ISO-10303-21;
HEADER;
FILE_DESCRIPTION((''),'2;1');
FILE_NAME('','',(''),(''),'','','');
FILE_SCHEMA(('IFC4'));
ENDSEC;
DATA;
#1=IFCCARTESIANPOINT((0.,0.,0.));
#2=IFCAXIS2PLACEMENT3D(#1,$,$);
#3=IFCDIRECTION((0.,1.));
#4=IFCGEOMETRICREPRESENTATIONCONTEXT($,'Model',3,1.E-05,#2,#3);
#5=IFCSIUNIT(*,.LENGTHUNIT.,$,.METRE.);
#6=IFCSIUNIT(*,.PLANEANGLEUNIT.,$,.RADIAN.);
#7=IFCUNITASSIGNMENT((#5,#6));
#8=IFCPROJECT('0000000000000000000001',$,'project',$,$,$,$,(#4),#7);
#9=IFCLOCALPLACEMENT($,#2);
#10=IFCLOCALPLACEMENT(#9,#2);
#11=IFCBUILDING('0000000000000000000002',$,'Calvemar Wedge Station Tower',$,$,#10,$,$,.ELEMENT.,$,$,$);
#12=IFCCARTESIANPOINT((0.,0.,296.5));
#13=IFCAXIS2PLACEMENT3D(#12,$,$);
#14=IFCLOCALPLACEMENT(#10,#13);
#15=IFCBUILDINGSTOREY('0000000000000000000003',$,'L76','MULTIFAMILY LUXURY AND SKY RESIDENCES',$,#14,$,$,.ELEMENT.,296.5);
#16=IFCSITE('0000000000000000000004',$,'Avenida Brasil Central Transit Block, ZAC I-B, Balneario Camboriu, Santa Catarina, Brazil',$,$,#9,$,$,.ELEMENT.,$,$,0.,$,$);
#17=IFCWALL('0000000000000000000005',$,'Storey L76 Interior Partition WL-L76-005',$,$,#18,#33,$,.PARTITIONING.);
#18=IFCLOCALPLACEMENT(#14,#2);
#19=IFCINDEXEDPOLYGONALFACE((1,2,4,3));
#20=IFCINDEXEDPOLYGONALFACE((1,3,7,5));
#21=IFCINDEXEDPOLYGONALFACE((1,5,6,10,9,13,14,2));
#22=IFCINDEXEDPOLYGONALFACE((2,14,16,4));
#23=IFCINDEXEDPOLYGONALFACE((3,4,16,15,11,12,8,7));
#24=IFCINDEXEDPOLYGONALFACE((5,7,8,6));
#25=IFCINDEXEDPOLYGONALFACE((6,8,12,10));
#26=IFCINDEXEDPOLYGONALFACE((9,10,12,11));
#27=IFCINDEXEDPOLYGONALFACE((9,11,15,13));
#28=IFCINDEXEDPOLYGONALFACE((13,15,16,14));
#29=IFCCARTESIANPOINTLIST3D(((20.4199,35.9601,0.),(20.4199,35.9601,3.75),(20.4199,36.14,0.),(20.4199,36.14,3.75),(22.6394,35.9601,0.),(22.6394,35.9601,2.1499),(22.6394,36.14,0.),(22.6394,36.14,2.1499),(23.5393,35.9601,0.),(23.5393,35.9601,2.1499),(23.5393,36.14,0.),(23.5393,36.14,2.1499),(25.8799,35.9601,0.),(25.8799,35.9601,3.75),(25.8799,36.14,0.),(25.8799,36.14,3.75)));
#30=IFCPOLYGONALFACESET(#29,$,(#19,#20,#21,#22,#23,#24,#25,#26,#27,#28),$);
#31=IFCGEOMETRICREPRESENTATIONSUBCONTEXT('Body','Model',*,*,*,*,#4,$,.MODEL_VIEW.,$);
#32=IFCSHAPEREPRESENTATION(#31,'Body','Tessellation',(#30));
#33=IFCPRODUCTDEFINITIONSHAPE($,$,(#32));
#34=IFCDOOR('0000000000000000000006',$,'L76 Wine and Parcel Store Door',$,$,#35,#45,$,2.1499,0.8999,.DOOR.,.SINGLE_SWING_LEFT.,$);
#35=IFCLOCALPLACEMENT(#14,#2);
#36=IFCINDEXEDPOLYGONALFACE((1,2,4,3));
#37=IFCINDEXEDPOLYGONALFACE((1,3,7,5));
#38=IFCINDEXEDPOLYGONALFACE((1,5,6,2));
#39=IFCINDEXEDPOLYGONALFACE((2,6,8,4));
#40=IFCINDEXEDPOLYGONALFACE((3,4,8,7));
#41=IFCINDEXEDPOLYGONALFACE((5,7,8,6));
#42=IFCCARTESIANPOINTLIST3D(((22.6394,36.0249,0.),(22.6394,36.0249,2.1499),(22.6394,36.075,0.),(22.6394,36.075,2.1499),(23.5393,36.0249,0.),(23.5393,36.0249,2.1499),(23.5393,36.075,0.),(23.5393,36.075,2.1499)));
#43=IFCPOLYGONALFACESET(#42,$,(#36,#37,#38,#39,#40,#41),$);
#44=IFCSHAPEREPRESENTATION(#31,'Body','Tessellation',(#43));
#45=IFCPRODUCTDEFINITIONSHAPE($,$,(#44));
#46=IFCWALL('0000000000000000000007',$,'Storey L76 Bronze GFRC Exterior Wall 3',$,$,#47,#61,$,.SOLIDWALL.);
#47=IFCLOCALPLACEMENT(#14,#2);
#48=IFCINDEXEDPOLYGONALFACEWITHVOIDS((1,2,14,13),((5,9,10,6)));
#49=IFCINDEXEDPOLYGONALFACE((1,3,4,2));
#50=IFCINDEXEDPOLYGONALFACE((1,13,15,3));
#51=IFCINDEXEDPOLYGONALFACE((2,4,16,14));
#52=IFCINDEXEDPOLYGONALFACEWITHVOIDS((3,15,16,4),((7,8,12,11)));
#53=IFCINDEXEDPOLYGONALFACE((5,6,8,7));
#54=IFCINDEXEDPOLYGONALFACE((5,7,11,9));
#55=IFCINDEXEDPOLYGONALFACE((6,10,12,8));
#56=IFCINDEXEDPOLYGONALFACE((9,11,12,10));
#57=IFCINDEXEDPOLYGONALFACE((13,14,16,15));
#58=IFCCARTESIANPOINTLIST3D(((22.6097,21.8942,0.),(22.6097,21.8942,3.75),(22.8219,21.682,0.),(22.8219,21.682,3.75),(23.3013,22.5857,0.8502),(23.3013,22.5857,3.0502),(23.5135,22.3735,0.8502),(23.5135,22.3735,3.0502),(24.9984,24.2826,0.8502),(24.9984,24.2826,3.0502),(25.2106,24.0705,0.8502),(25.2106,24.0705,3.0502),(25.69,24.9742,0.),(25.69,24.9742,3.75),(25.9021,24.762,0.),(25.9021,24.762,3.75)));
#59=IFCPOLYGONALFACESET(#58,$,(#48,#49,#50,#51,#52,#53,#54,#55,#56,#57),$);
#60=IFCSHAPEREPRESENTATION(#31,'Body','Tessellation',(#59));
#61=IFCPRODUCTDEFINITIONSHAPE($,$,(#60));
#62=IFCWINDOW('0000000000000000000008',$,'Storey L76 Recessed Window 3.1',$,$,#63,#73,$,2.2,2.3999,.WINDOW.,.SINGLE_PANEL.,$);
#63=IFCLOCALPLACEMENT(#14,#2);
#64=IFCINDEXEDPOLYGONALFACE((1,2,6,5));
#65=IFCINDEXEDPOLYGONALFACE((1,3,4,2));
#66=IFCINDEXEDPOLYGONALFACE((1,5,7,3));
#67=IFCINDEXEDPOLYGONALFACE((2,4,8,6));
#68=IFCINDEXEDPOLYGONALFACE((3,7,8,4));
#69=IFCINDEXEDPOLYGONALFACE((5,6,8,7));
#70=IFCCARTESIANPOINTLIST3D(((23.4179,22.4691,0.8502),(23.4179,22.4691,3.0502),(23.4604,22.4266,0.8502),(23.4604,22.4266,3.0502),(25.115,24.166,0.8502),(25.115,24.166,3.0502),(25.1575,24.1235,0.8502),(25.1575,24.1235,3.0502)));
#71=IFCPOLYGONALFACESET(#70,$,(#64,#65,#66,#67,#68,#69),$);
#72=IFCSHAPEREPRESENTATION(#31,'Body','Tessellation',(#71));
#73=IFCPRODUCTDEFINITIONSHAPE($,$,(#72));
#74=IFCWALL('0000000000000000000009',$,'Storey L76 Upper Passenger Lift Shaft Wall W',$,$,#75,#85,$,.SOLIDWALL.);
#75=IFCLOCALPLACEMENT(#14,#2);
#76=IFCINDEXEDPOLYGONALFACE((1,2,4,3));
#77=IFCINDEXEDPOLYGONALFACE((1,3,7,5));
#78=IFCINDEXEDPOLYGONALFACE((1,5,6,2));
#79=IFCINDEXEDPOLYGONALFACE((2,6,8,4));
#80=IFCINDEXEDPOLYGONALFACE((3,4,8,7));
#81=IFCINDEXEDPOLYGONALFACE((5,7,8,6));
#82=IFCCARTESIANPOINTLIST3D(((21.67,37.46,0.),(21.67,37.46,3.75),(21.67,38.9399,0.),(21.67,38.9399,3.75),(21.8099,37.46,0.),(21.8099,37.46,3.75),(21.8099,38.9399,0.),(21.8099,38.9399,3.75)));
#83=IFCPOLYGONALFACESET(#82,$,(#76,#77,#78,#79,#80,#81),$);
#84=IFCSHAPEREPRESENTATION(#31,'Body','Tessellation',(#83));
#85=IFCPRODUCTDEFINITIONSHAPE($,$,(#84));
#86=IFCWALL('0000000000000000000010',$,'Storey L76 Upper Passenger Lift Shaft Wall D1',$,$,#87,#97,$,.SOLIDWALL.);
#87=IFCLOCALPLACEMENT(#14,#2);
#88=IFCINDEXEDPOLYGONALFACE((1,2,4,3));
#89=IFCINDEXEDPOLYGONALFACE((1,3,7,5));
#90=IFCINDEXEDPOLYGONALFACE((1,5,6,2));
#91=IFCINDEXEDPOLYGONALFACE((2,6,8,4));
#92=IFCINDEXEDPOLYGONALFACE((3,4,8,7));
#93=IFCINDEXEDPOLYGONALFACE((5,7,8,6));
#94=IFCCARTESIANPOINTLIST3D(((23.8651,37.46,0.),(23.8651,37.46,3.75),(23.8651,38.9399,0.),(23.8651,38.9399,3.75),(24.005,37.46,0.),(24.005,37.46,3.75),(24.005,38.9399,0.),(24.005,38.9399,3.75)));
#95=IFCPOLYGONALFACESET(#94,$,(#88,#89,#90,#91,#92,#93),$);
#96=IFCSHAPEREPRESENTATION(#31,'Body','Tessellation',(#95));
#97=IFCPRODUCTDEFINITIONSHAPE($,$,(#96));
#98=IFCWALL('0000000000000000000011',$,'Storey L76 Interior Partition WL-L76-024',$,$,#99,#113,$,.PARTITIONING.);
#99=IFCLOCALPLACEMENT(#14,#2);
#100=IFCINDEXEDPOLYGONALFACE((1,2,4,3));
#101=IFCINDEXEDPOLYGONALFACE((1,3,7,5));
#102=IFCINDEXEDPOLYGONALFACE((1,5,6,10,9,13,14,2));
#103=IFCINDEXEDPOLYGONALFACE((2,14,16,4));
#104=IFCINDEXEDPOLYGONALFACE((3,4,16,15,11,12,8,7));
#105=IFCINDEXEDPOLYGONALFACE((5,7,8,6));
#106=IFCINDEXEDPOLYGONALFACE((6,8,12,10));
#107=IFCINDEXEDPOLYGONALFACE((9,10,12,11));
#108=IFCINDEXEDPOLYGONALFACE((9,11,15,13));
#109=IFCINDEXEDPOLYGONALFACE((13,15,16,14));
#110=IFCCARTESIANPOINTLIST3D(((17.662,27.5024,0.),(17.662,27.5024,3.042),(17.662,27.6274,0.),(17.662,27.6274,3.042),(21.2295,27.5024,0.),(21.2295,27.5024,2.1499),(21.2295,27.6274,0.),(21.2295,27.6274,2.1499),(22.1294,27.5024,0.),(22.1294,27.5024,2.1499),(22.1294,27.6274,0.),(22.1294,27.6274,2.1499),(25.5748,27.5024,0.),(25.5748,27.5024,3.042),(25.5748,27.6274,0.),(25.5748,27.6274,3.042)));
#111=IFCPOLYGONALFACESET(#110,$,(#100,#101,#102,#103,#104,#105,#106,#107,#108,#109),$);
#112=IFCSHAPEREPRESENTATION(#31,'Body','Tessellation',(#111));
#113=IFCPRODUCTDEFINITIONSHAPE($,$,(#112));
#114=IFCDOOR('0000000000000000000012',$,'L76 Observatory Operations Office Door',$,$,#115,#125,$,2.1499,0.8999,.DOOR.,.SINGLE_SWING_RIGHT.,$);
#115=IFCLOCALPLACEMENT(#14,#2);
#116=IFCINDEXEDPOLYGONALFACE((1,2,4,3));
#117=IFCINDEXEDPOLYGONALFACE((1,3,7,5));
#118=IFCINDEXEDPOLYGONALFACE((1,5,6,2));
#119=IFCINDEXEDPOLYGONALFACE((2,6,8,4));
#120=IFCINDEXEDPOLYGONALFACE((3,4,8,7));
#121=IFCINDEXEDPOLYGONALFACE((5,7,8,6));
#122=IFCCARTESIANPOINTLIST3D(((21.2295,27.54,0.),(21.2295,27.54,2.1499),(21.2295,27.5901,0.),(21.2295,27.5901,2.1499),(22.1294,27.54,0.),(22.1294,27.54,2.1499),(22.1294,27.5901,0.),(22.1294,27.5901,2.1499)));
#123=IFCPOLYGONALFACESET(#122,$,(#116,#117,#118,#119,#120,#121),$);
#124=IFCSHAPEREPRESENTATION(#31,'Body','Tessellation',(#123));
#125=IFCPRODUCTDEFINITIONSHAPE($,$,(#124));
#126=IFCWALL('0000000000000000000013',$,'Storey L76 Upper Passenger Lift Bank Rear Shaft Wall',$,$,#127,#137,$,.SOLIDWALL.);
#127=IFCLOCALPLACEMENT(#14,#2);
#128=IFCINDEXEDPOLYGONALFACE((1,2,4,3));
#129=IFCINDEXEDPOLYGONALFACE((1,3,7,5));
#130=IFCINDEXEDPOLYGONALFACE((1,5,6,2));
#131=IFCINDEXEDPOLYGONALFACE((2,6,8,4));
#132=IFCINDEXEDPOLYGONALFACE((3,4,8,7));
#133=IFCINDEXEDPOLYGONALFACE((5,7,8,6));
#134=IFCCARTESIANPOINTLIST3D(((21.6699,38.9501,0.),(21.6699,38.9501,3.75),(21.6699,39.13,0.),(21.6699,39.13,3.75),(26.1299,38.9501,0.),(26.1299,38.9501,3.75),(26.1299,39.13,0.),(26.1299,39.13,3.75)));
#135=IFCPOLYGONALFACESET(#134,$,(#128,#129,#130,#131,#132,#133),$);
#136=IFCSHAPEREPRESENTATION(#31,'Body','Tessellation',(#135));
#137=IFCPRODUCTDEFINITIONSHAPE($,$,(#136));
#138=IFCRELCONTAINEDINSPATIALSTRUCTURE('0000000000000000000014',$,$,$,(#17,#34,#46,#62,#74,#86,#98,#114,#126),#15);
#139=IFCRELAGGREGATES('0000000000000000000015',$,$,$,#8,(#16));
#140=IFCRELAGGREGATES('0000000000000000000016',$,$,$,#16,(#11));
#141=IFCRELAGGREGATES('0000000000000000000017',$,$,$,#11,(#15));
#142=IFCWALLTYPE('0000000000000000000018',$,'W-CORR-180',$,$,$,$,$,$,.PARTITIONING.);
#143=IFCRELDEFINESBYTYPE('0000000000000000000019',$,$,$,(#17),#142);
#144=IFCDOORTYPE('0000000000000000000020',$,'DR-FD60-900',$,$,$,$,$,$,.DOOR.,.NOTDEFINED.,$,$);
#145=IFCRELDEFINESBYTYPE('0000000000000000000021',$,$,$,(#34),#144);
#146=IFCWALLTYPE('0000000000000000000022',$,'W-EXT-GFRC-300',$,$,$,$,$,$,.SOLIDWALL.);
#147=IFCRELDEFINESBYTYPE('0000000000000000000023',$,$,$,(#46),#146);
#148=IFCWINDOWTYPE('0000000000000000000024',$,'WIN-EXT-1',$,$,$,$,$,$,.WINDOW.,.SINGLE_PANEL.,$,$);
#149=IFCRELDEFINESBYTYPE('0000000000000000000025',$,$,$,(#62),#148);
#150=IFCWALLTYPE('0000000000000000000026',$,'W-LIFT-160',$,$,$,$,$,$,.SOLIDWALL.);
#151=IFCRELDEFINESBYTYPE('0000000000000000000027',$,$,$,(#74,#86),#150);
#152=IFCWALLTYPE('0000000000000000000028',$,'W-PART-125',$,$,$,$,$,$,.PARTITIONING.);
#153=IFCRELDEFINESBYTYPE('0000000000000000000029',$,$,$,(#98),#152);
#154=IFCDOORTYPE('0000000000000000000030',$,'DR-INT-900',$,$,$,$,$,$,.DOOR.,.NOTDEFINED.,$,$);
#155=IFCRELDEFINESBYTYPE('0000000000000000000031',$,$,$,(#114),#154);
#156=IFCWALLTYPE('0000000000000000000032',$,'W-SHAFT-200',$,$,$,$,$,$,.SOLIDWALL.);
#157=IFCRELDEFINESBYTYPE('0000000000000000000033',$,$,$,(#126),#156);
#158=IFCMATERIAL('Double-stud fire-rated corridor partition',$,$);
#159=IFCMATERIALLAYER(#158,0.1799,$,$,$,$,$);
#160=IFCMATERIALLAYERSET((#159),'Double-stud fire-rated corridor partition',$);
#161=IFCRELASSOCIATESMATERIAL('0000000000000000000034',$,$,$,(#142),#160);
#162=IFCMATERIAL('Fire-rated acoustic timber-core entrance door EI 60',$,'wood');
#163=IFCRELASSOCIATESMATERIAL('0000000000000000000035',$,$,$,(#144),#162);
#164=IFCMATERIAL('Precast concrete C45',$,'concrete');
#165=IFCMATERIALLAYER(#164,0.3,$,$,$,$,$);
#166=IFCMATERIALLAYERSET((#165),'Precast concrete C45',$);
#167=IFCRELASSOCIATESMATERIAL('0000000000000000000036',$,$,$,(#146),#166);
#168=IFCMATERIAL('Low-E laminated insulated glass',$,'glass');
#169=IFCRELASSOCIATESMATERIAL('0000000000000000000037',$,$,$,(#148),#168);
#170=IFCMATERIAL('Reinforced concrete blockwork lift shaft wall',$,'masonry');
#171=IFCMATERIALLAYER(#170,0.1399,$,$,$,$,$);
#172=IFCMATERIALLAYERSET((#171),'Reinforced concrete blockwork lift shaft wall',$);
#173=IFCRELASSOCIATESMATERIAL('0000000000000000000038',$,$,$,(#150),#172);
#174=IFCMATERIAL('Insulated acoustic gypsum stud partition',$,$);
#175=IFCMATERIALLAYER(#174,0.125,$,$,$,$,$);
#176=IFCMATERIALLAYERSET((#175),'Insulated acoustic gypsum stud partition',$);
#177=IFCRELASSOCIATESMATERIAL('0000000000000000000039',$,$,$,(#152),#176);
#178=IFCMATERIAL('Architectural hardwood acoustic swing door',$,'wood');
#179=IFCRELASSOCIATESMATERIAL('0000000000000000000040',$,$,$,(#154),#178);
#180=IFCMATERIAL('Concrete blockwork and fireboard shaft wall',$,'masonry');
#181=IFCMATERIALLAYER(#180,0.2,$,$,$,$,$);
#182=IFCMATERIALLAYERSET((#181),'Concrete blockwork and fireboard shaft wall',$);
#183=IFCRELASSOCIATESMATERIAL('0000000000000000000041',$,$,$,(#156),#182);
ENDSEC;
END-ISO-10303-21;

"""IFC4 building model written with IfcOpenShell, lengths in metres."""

from ifc_helpers import new_model, si_unit, direction, frame, frame_2d, origin, place, context, subcontext, project, spatial, rectangle, extrude, source, transform, mapped, material, layer, layer_set, type_object, element, fill, save


model = new_model("IFC4")

# Units and contexts
model_context = context("Model", 3, precision=1e-05, world=origin(), true_north=direction((0.0, 1.0)))
body_context = subcontext(model_context, "Body", "Model", "MODEL_VIEW")
ifc_project = project(units=[si_unit("LENGTHUNIT", "METRE"), si_unit("PLANEANGLEUNIT", "RADIAN")], contexts=[model_context])

# Site, building, storey
site_placement = place(None, origin())
site = spatial("IfcSite", under=ifc_project, at=site_placement, Name="Avenida Brasil Central Transit Block, ZAC I-B, Balneario Camboriu, Santa Catarina, Brazil", CompositionType="ELEMENT", RefElevation=0.0)
building_placement = place(site_placement, origin())
building = spatial("IfcBuilding", under=site, at=building_placement, Name="Calvemar Wedge Station Tower", CompositionType="ELEMENT")
storey_placement = place(building_placement, frame((0.0, 0.0, 296.5)))
storey = spatial("IfcBuildingStorey", under=building, at=storey_placement, Name="L76", Description="MULTIFAMILY LUXURY AND SKY RESIDENCES", CompositionType="ELEMENT", Elevation=296.5)

# Shared definitions
ifc_material_1 = material(Name="Double-stud fire-rated corridor partition")
ifc_layer_1 = layer(ifc_material_1, 0.1799)
ifc_layer_set_1 = layer_set([ifc_layer_1], Name="Double-stud fire-rated corridor partition")
wall_type_1 = type_object("IfcWallType", Name="W-CORR-180", PredefinedType="PARTITIONING", material=ifc_layer_set_1)

# Wall, opening, door
wall_1_placement = place(storey_placement, frame((20.4199, 36.05, 0.0), z_axis=(0.0, 0.0, 1.0), x_axis=(1.0, 0.0, 0.0)))
wall_1 = element("IfcWall", 1, at=wall_1_placement, inside=storey, type_object=wall_type_1, Name="Storey L76 Interior Partition WL-L76-005", PredefinedType="PARTITIONING", context=body_context, shape_type="SweptSolid", body=[
    extrude(rectangle(XDim=5.46, YDim=0.1799, at=frame_2d((2.73, 0.0))), origin(), (0.0, 0.0, 1.0), 3.75),
])
shared_shape_1 = source(origin(), body_context, "Body", "SweptSolid", [
    extrude(rectangle(XDim=0.8999, YDim=2.1499, at=frame_2d((0.45, 1.075))), frame((0.0, 0.1001, 0.0), z_axis=(0.0, -1.0, 0.0), x_axis=(1.0, 0.0, 0.0)), (0.0, 0.0, 1.0), 0.2),
])
opening_1_placement = place(wall_1_placement, frame((2.2195, 0.0, 0.0)))
opening_1 = element("IfcOpeningElement", 2, at=opening_1_placement, cuts=wall_1, PredefinedType="OPENING", context=body_context, shape_type="MappedRepresentation", body=[
    mapped(shared_shape_1, transform((0.0, 0.0, 0.0), scale=1.0)),
])
ifc_material_2 = material(Name="Fire-rated acoustic timber-core entrance door EI 60", Category="wood")
door_type_1 = type_object("IfcDoorType", Name="DR-FD60-900", OperationType="NOTDEFINED", PredefinedType="DOOR", material=ifc_material_2)
shared_shape_2 = source(origin(), body_context, "Body", "SweptSolid", [
    extrude(rectangle(XDim=0.8999, YDim=2.1499, at=frame_2d((0.45, 1.075))), frame((0.0, 0.0249, 0.0), z_axis=(0.0, -1.0, 0.0), x_axis=(1.0, 0.0, 0.0)), (0.0, 0.0, 1.0), 0.05),
])
door_1_placement = place(opening_1_placement, origin())
door_1 = element("IfcDoor", 3, at=door_1_placement, inside=storey, type_object=door_type_1, Name="L76 Wine and Parcel Store Door", OperationType="SINGLE_SWING_LEFT", OverallHeight=2.1499, OverallWidth=0.8999, PredefinedType="DOOR", context=body_context, shape_type="MappedRepresentation", body=[
    mapped(shared_shape_2, transform((0.0, 0.0, 0.0), scale=1.0)),
])
fill(opening_1, door_1)

# Wall, opening, window
ifc_material_3 = material(Name="Precast concrete C45", Category="concrete")
ifc_layer_2 = layer(ifc_material_3, 0.3)
ifc_layer_set_2 = layer_set([ifc_layer_2], Name="Precast concrete C45")
wall_type_2 = type_object("IfcWallType", Name="W-EXT-GFRC-300", PredefinedType="SOLIDWALL", material=ifc_layer_set_2)
wall_2_placement = place(storey_placement, frame((22.7158, 21.7881, 0.0), z_axis=(0.0, 0.0, 1.0), x_axis=(0.707135, 0.707079, 0.0)))
wall_2 = element("IfcWall", 4, at=wall_2_placement, inside=storey, type_object=wall_type_2, Name="Storey L76 Bronze GFRC Exterior Wall 3", PredefinedType="SOLIDWALL", context=body_context, shape_type="SweptSolid", body=[
    extrude(rectangle(XDim=4.356, YDim=0.3, at=frame_2d((2.178, 0.0))), origin(), (0.0, 0.0, 1.0), 3.75),
])
shared_shape_3 = source(origin(), body_context, "Body", "SweptSolid", [
    extrude(rectangle(XDim=2.3999, YDim=2.2, at=frame_2d((1.2, 1.1001))), frame((0.0, 0.1602, 0.0), z_axis=(0.0, -1.0, 0.0), x_axis=(1.0, 0.0, 0.0)), (0.0, 0.0, 1.0), 0.3201),
])
opening_2_placement = place(wall_2_placement, frame((0.978, 0.0, 0.8501)))
opening_2 = element("IfcOpeningElement", 5, at=opening_2_placement, cuts=wall_2, PredefinedType="OPENING", context=body_context, shape_type="MappedRepresentation", body=[
    mapped(shared_shape_3, transform((0.0, 0.0, 0.0), scale=1.0)),
])
ifc_material_4 = material(Name="Low-E laminated insulated glass", Category="glass")
window_type = type_object("IfcWindowType", Name="WIN-EXT-1", PartitioningType="SINGLE_PANEL", PredefinedType="WINDOW", material=ifc_material_4)
shared_shape_4 = source(origin(), body_context, "Body", "SweptSolid", [
    extrude(rectangle(XDim=2.3999, YDim=2.2, at=frame_2d((1.2, 1.1001))), frame((0.0, -0.0149, 0.0), z_axis=(0.0, -1.0, 0.0), x_axis=(1.0, 0.0, 0.0)), (0.0, 0.0, 1.0), 0.0601),
])
window_placement = place(opening_2_placement, origin())
window = element("IfcWindow", 6, at=window_placement, inside=storey, type_object=window_type, Name="Storey L76 Recessed Window 3.1", OverallHeight=2.2, OverallWidth=2.3999, PartitioningType="SINGLE_PANEL", PredefinedType="WINDOW", context=body_context, shape_type="MappedRepresentation", body=[
    mapped(shared_shape_4, transform((0.0, 0.0, 0.0), scale=1.0)),
])
fill(opening_2, window)

# Shared definitions
ifc_material_5 = material(Name="Reinforced concrete blockwork lift shaft wall", Category="masonry")
ifc_layer_3 = layer(ifc_material_5, 0.1399)
ifc_layer_set_3 = layer_set([ifc_layer_3], Name="Reinforced concrete blockwork lift shaft wall")
wall_type_3 = type_object("IfcWallType", Name="W-LIFT-160", PredefinedType="SOLIDWALL", material=ifc_layer_set_3)

# Walls
for number, where, z_axis, x_axis, name in (
    (7, (21.74, 37.46, 0.0), (0.0, 0.0, 1.0), (0.0, 1.0, 0.0), "Storey L76 Upper Passenger Lift Shaft Wall W"),
    (8, (23.9351, 37.46, 0.0), (0.0, 0.0, 1.0), (0.0, 1.0, 0.0), "Storey L76 Upper Passenger Lift Shaft Wall D1"),
):
    element("IfcWall", number, at=place(storey_placement, frame(where, z_axis=z_axis, x_axis=x_axis)), inside=storey, type_object=wall_type_3, Name=name, PredefinedType="SOLIDWALL", context=body_context, shape_type="SweptSolid", body=[
        extrude(rectangle(XDim=1.48, YDim=0.1399, at=frame_2d((0.74, 0.0))), origin(), (0.0, 0.0, 1.0), 3.75),
    ])

# Wall, opening, door
ifc_material_6 = material(Name="Insulated acoustic gypsum stud partition")
ifc_layer_4 = layer(ifc_material_6, 0.125)
ifc_layer_set_4 = layer_set([ifc_layer_4], Name="Insulated acoustic gypsum stud partition")
wall_type_4 = type_object("IfcWallType", Name="W-PART-125", PredefinedType="PARTITIONING", material=ifc_layer_set_4)
wall_3_placement = place(storey_placement, frame((25.575, 27.5649, 0.0), z_axis=(0.0, 0.0, 1.0), x_axis=(-1.0, 0.0, 0.0)))
wall_3 = element("IfcWall", 9, at=wall_3_placement, inside=storey, type_object=wall_type_4, Name="Storey L76 Interior Partition WL-L76-024", PredefinedType="PARTITIONING", context=body_context, shape_type="SweptSolid", body=[
    extrude(rectangle(XDim=7.9128, YDim=0.125, at=frame_2d((3.9565, 0.0))), origin(), (0.0, 0.0, 1.0), 3.042),
])
shared_shape_5 = source(origin(), body_context, "Body", "SweptSolid", [
    extrude(rectangle(XDim=0.8999, YDim=2.1499, at=frame_2d((0.45, 1.075))), frame((0.0, 0.0725, 0.0), z_axis=(0.0, -1.0, 0.0), x_axis=(1.0, 0.0, 0.0)), (0.0, 0.0, 1.0), 0.145),
])
opening_3_placement = place(wall_3_placement, frame((3.4456, 0.0, 0.0)))
opening_3 = element("IfcOpeningElement", 10, at=opening_3_placement, cuts=wall_3, PredefinedType="OPENING", context=body_context, shape_type="MappedRepresentation", body=[
    mapped(shared_shape_5, transform((0.0, 0.0, 0.0), scale=1.0)),
])
ifc_material_7 = material(Name="Architectural hardwood acoustic swing door", Category="wood")
door_type_2 = type_object("IfcDoorType", Name="DR-INT-900", OperationType="NOTDEFINED", PredefinedType="DOOR", material=ifc_material_7)
shared_shape_6 = source(origin(), body_context, "Body", "SweptSolid", [
    extrude(rectangle(XDim=0.8999, YDim=2.1499, at=frame_2d((0.45, 1.075))), frame((0.0, 0.0249, 0.0), z_axis=(0.0, -1.0, 0.0), x_axis=(1.0, 0.0, 0.0)), (0.0, 0.0, 1.0), 0.05),
])
door_2_placement = place(opening_3_placement, origin())
door_2 = element("IfcDoor", 11, at=door_2_placement, inside=storey, type_object=door_type_2, Name="L76 Observatory Operations Office Door", OperationType="SINGLE_SWING_RIGHT", OverallHeight=2.1499, OverallWidth=0.8999, PredefinedType="DOOR", context=body_context, shape_type="MappedRepresentation", body=[
    mapped(shared_shape_6, transform((0.0, 0.0, 0.0), scale=1.0)),
])
fill(opening_3, door_2)

# Wall
ifc_material_8 = material(Name="Concrete blockwork and fireboard shaft wall", Category="masonry")
ifc_layer_5 = layer(ifc_material_8, 0.2)
ifc_layer_set_5 = layer_set([ifc_layer_5], Name="Concrete blockwork and fireboard shaft wall")
wall_type_5 = type_object("IfcWallType", Name="W-SHAFT-200", PredefinedType="SOLIDWALL", material=ifc_layer_set_5)
wall_4_placement = place(storey_placement, frame((21.6699, 39.04, 0.0), z_axis=(0.0, 0.0, 1.0), x_axis=(1.0, 0.0, 0.0)))
element("IfcWall", 12, at=wall_4_placement, inside=storey, type_object=wall_type_5, Name="Storey L76 Upper Passenger Lift Bank Rear Shaft Wall", PredefinedType="SOLIDWALL", context=body_context, shape_type="SweptSolid", body=[
    extrude(rectangle(XDim=4.46, YDim=0.1799, at=frame_2d((2.23, 0.0))), origin(), (0.0, 0.0, 1.0), 3.75),
])

save(model, "model.ifc")
